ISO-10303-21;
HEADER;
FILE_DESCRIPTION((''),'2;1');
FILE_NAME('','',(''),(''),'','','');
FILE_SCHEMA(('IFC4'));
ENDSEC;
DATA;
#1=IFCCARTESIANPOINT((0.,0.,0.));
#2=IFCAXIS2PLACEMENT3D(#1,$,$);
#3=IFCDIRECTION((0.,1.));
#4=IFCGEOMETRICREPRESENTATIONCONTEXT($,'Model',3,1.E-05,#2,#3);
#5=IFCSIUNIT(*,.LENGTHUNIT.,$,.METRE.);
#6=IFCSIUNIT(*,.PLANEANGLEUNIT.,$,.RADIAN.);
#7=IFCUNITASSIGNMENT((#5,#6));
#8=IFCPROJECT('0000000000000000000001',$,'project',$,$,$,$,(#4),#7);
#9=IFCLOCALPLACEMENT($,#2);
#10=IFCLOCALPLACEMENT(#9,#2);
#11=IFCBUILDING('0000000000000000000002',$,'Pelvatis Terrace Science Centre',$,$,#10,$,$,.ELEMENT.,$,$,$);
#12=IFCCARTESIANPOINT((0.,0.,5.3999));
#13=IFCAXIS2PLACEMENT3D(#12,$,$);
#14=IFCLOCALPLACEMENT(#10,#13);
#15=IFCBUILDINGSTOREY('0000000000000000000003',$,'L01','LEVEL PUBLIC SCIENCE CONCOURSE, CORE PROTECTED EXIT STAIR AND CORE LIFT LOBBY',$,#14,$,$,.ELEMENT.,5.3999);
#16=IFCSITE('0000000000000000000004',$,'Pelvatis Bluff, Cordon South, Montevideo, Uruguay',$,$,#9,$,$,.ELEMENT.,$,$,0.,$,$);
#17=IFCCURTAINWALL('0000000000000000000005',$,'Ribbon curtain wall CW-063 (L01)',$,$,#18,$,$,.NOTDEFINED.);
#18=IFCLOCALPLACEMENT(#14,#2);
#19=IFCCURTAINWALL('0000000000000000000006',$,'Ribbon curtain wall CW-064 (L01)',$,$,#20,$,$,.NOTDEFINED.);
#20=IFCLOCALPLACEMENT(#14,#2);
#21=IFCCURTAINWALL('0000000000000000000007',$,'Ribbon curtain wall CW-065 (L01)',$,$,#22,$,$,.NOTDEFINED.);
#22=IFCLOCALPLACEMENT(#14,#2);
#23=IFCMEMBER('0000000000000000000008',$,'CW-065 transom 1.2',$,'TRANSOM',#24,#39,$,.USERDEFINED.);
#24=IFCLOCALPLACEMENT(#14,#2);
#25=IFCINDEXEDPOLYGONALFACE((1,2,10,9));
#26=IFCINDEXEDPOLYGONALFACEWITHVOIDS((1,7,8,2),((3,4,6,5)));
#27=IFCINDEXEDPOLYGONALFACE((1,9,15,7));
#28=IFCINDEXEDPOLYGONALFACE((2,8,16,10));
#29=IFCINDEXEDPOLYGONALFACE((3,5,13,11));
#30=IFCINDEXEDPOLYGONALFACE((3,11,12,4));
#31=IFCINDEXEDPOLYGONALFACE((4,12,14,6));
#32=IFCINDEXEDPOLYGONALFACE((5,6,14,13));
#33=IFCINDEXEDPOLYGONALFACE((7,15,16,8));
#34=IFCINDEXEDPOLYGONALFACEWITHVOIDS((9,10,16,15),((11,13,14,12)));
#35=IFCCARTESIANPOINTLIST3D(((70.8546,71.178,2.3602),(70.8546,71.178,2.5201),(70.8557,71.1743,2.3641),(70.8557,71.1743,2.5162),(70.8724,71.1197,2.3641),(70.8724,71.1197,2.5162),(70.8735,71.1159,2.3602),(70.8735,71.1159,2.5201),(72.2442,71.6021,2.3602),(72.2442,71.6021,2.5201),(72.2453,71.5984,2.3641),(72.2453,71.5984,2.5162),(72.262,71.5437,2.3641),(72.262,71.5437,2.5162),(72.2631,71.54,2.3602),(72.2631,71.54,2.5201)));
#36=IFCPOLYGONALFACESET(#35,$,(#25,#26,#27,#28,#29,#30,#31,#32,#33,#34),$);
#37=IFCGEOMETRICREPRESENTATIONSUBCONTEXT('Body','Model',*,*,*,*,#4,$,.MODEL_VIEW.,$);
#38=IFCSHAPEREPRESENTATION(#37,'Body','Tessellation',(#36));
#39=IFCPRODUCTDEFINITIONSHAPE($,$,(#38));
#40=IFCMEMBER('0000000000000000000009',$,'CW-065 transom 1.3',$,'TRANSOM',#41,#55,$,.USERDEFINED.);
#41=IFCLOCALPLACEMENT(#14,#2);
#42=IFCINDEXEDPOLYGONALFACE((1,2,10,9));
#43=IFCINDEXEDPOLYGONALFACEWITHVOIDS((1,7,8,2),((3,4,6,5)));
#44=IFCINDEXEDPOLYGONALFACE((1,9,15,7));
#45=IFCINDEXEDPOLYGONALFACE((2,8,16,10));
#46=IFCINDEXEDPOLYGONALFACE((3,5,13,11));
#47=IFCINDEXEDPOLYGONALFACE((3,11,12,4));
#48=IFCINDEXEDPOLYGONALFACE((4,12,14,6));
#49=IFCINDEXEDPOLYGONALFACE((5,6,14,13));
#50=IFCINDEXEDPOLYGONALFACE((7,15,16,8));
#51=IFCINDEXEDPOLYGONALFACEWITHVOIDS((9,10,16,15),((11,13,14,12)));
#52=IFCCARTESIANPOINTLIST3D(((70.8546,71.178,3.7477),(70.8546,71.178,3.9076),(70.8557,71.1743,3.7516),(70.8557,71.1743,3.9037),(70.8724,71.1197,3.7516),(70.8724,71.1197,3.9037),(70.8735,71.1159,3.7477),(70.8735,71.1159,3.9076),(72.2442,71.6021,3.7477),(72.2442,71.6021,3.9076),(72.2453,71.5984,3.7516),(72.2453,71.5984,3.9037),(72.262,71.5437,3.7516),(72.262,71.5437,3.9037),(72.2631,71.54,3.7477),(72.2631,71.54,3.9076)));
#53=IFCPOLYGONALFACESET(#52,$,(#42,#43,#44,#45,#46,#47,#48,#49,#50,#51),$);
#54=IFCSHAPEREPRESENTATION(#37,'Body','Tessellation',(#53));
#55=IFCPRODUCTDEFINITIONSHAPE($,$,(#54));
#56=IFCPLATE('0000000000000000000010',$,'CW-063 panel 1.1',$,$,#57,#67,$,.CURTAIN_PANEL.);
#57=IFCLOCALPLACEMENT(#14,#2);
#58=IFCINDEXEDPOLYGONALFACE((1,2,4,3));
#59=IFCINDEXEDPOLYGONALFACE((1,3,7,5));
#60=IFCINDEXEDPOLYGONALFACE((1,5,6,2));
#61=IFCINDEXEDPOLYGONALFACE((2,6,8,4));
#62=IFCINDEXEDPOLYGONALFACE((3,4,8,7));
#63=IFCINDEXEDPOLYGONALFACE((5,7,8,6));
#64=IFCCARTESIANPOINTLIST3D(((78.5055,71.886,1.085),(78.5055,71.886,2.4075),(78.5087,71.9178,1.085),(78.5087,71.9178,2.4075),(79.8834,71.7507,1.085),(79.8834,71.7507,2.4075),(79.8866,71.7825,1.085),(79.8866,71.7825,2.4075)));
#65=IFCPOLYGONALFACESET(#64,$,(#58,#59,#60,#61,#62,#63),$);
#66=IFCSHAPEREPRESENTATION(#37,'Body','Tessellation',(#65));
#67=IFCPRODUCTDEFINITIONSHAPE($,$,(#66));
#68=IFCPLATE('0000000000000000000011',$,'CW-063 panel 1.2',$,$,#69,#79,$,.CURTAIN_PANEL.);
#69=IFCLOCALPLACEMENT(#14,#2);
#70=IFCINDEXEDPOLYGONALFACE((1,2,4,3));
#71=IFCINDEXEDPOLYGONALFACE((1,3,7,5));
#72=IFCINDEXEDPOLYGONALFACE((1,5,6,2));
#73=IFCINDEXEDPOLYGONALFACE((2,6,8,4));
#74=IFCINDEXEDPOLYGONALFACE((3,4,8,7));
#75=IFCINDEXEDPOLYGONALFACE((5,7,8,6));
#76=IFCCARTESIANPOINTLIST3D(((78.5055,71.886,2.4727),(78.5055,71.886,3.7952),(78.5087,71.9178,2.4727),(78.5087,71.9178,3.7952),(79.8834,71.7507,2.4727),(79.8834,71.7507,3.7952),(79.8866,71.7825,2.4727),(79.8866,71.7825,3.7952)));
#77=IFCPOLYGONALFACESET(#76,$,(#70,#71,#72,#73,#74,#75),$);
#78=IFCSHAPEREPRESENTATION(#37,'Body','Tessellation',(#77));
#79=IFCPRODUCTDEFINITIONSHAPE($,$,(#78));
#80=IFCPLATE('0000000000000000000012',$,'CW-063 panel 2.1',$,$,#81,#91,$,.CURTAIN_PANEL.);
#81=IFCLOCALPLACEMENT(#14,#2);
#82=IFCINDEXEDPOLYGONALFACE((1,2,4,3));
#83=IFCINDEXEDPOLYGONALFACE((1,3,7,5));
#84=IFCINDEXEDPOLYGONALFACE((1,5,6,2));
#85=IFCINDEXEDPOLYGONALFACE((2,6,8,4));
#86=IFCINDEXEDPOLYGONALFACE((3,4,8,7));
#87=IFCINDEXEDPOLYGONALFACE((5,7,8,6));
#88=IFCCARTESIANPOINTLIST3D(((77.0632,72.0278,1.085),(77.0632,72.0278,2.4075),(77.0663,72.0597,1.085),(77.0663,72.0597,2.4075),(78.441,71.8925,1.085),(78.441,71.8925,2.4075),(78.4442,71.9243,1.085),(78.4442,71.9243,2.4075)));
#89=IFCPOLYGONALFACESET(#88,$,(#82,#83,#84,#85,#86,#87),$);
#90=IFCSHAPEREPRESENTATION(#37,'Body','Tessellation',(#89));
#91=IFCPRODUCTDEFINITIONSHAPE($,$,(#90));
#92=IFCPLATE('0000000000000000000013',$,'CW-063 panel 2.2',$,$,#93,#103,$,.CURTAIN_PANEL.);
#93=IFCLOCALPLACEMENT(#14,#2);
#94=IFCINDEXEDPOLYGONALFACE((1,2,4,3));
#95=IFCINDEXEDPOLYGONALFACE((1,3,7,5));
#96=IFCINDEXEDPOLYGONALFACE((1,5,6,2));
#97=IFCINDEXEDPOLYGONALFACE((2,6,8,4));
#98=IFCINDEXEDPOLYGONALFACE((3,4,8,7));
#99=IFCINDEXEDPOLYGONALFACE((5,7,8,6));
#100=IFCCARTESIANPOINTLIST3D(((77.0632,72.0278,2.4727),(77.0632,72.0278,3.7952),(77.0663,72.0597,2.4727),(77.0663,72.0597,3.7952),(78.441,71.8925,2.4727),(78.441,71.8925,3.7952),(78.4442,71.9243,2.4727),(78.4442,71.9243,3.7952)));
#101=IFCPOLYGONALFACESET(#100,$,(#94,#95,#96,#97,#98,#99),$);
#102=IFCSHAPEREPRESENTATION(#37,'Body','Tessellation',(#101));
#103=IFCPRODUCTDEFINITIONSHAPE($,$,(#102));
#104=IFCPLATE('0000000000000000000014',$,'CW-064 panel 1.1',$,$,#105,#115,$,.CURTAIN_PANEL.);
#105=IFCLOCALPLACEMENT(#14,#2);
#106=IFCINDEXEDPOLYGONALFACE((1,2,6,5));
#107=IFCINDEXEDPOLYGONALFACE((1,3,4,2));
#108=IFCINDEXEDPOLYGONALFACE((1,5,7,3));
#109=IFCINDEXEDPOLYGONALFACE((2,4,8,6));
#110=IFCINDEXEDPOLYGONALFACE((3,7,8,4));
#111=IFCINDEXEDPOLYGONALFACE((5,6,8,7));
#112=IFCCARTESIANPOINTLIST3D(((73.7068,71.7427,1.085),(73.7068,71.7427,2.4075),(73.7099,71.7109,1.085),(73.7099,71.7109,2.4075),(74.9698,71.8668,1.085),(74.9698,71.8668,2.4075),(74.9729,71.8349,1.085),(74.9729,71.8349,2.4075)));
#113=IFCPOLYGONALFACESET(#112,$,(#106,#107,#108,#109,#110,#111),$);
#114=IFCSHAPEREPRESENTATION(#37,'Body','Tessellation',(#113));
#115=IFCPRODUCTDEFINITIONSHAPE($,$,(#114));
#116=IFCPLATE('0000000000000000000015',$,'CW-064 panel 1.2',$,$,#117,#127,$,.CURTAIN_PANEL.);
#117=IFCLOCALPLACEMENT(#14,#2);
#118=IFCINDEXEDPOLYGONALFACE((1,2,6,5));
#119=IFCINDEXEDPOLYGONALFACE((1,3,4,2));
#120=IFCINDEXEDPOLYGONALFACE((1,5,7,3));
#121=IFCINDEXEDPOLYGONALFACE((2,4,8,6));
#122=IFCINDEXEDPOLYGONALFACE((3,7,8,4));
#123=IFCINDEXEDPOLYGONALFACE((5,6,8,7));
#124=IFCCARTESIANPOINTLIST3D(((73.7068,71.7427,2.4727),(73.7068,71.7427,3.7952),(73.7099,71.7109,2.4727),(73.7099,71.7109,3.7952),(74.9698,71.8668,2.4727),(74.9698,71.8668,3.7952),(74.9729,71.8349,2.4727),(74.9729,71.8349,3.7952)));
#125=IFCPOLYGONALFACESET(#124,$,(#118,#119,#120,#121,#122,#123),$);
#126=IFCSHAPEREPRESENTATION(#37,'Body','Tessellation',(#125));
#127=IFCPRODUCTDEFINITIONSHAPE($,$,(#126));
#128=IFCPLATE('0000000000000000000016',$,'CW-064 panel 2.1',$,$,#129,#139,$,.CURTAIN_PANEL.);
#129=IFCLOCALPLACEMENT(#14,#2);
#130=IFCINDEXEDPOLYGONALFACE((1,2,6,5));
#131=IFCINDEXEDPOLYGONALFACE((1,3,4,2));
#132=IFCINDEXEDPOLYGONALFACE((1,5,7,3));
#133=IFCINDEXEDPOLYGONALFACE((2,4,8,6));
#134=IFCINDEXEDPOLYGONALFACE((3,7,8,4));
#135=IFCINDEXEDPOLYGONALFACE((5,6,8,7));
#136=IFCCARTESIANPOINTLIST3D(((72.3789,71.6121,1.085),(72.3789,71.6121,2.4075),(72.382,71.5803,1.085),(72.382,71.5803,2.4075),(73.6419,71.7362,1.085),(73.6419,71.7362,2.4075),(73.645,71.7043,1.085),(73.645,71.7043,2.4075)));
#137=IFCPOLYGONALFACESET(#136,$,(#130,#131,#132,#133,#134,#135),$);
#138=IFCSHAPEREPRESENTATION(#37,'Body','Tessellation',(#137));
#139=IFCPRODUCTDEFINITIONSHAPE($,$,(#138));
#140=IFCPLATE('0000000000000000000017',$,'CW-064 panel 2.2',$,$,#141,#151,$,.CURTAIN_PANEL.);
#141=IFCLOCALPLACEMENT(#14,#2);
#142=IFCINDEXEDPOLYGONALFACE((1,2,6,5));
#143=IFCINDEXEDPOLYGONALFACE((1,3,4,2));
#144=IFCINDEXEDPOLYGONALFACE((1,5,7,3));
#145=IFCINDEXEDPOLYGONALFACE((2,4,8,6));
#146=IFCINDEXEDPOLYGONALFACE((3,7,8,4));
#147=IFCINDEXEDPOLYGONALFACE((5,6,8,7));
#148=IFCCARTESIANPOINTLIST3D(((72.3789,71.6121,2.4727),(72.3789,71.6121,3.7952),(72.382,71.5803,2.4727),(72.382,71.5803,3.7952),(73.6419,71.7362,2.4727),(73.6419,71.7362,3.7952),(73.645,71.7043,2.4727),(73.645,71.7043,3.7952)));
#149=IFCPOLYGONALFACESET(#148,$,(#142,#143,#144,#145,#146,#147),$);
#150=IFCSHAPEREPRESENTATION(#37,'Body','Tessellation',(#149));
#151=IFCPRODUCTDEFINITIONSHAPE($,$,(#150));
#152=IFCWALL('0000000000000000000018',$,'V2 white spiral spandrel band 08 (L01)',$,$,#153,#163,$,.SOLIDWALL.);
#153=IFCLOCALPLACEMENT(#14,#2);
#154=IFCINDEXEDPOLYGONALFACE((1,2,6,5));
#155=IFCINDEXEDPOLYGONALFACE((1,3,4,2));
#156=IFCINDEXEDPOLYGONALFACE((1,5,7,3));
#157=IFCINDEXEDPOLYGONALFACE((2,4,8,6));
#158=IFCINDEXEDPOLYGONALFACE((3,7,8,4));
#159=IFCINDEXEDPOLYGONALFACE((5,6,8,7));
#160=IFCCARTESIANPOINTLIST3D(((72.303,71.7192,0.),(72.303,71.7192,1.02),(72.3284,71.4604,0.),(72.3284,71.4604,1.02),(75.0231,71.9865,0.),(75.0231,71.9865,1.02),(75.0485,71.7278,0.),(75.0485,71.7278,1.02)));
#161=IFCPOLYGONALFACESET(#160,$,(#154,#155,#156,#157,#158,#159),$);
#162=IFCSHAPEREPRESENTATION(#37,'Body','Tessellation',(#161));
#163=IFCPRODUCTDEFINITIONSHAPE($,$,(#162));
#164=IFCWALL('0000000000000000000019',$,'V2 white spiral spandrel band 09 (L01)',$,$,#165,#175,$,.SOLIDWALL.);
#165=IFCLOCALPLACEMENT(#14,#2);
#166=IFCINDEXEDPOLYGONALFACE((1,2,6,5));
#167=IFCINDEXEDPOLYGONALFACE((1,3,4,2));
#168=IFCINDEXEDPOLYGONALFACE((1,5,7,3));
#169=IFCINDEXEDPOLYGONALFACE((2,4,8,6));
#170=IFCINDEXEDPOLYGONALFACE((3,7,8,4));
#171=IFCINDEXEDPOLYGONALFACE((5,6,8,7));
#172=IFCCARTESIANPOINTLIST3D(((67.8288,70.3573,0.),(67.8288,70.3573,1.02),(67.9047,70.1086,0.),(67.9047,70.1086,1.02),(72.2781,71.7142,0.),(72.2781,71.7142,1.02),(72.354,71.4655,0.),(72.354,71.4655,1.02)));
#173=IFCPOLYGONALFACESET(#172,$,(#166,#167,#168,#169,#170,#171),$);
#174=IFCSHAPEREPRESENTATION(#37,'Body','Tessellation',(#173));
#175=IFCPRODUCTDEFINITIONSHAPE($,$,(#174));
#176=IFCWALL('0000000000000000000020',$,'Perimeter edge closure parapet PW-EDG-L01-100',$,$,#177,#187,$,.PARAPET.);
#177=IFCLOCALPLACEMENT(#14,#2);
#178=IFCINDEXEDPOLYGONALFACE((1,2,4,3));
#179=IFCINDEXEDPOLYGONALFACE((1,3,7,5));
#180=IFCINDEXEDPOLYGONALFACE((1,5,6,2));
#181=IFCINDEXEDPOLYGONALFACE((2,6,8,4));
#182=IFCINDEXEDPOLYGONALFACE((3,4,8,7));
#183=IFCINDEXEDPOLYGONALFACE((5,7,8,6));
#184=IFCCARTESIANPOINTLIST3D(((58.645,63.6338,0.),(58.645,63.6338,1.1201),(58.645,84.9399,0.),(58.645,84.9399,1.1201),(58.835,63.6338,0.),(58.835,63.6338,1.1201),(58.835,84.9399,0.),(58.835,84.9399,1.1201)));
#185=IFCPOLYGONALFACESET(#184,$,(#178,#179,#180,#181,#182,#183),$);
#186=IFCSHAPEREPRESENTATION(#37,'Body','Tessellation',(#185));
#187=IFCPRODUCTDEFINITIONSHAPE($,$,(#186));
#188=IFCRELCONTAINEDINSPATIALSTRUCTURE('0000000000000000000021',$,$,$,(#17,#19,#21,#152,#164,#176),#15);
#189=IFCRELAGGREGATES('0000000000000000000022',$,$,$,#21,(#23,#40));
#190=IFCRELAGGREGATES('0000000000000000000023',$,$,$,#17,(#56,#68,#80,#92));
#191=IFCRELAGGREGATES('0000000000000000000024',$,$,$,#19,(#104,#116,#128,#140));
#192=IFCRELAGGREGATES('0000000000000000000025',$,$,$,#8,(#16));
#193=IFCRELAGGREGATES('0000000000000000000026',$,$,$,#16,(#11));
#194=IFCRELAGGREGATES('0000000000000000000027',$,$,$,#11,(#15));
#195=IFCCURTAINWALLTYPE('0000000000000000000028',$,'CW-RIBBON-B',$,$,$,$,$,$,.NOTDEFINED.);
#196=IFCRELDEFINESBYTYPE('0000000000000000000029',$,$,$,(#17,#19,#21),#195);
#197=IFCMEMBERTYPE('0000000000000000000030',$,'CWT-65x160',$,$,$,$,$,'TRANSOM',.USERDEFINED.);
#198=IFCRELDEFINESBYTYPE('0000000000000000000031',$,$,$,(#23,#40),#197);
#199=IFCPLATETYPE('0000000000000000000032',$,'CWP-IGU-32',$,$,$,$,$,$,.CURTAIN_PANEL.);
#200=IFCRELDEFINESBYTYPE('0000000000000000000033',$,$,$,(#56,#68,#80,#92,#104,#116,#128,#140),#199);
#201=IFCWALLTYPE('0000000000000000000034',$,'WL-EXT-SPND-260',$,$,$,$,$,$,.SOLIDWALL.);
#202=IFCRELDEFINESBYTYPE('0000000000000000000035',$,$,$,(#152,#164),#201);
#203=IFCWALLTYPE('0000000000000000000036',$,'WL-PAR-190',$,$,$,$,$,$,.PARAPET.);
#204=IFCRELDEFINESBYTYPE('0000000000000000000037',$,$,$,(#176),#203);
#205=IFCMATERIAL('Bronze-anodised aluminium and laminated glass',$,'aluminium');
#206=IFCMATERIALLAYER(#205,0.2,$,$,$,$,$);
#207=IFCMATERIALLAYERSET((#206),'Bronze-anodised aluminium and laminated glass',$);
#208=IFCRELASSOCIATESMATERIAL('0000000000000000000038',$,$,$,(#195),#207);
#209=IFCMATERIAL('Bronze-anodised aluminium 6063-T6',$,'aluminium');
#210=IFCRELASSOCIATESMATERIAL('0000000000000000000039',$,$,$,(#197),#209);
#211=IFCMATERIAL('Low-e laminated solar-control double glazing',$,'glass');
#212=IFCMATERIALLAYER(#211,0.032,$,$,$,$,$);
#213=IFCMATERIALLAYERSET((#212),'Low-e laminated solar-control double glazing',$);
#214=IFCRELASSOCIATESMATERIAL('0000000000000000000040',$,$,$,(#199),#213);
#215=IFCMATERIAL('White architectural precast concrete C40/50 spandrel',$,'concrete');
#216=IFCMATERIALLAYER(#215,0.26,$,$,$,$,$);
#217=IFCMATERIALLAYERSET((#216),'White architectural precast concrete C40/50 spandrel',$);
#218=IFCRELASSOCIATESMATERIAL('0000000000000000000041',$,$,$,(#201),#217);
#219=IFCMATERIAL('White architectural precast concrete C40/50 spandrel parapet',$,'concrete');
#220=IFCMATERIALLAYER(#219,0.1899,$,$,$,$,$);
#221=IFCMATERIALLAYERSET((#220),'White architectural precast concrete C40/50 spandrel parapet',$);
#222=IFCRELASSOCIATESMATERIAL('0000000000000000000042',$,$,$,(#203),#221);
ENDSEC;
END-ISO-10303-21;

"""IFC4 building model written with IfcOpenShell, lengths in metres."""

from ifc_helpers import new_model, si_unit, direction, frame, frame_2d, origin, origin_2d, place, context, subcontext, project, spatial, rectangle, hollow_rectangle, extrude, material, layer, layer_set, material_profile, profile_set, type_object, element, aggregate, save


model = new_model("IFC4")

# Units and contexts
model_context = context("Model", 3, precision=1e-05, world=origin(), true_north=direction((0.0, 1.0)))
body_context = subcontext(model_context, "Body", "Model", "MODEL_VIEW")
ifc_project = project(units=[si_unit("LENGTHUNIT", "METRE"), si_unit("PLANEANGLEUNIT", "RADIAN")], contexts=[model_context])

# Site, building, storey
site_placement = place(None, origin())
site = spatial("IfcSite", under=ifc_project, at=site_placement, Name="Pelvatis Bluff, Cordon South, Montevideo, Uruguay", CompositionType="ELEMENT", RefElevation=0.0)
building_placement = place(site_placement, origin())
building = spatial("IfcBuilding", under=site, at=building_placement, Name="Pelvatis Terrace Science Centre", CompositionType="ELEMENT")
storey_placement = place(building_placement, frame((0.0, 0.0, 5.3999)))
storey = spatial("IfcBuildingStorey", under=building, at=storey_placement, Name="L01", Description="LEVEL PUBLIC SCIENCE CONCOURSE, CORE PROTECTED EXIT STAIR AND CORE LIFT LOBBY", CompositionType="ELEMENT", Elevation=5.3999)

# Curtain walls
ifc_material_1 = material(Name="Bronze-anodised aluminium and laminated glass", Category="aluminium")
ifc_layer_1 = layer(ifc_material_1, 0.2)
ifc_layer_set_1 = layer_set([ifc_layer_1], Name="Bronze-anodised aluminium and laminated glass")
curtain_wall_type = type_object("IfcCurtainWallType", Name="CW-RIBBON-B", PredefinedType="NOTDEFINED", material=ifc_layer_set_1)
curtain_wall_1_placement = place(storey_placement, origin())
curtain_wall_1 = element("IfcCurtainWall", 1, at=curtain_wall_1_placement, inside=storey, type_object=curtain_wall_type, Name="Ribbon curtain wall CW-063 (L01)", PredefinedType="NOTDEFINED")
curtain_wall_2_placement = place(storey_placement, origin())
curtain_wall_2 = element("IfcCurtainWall", 2, at=curtain_wall_2_placement, inside=storey, type_object=curtain_wall_type, Name="Ribbon curtain wall CW-064 (L01)", PredefinedType="NOTDEFINED")

# Curtain wall
curtain_wall_3_placement = place(storey_placement, origin())
curtain_wall_3 = element("IfcCurtainWall", 3, at=curtain_wall_3_placement, inside=storey, type_object=curtain_wall_type, Name="Ribbon curtain wall CW-065 (L01)", PredefinedType="NOTDEFINED")

# Members
ifc_material_2 = material(Name="Bronze-anodised aluminium 6063-T6", Category="aluminium")
ifc_material_profile_1 = material_profile(ifc_material_2, hollow_rectangle(XDim=0.0649, YDim=0.1599, WallThickness=0.0039, at=origin_2d()), Name="ALU-TRN 65x160")
ifc_profile_set_1 = profile_set([ifc_material_profile_1], Name="Bronze-anodised aluminium 6063-T6")
member_type_1 = type_object("IfcMemberType", Name="CWT-65x160", ElementType="TRANSOM", PredefinedType="USERDEFINED", material=ifc_profile_set_1)
member_1_placement = place(storey_placement, frame((72.2537, 71.571, 2.4402), z_axis=(-0.956456, -0.291877, 0.0), x_axis=(0.291877, -0.956456, 0.0)))
member_1 = element("IfcMember", 4, at=member_1_placement, type_object=member_type_1, Name="CW-065 transom 1.2", ObjectType="TRANSOM", PredefinedType="USERDEFINED", context=body_context, shape_type="SweptSolid", body=[
    extrude(hollow_rectangle(XDim=0.0649, YDim=0.1599, WallThickness=0.0039, at=origin_2d()), origin(), (0.0, 0.0, 1.0), 1.4529),
])
member_2_placement = place(storey_placement, frame((72.2537, 71.571, 3.8276), z_axis=(-0.956456, -0.291877, 0.0), x_axis=(0.291877, -0.956456, 0.0)))
member_2 = element("IfcMember", 5, at=member_2_placement, type_object=member_type_1, Name="CW-065 transom 1.3", ObjectType="TRANSOM", PredefinedType="USERDEFINED", context=body_context, shape_type="SweptSolid", body=[
    extrude(hollow_rectangle(XDim=0.0649, YDim=0.1599, WallThickness=0.0039, at=origin_2d()), origin(), (0.0, 0.0, 1.0), 1.4529),
])
aggregate(curtain_wall_3, [member_1, member_2])

# Plates
ifc_material_3 = material(Name="Low-e laminated solar-control double glazing", Category="glass")
ifc_layer_2 = layer(ifc_material_3, 0.032)
ifc_layer_set_2 = layer_set([ifc_layer_2], Name="Low-e laminated solar-control double glazing")
plate_type = type_object("IfcPlateType", Name="CWP-IGU-32", PredefinedType="CURTAIN_PANEL", material=ifc_layer_set_2)
plate_1_placement = place(storey_placement, frame((79.196, 71.8342, 1.085), z_axis=(0.0, 0.0, 1.0), x_axis=(-0.995212, 0.097743, 0.0)))
plate_1 = element("IfcPlate", 6, at=plate_1_placement, type_object=plate_type, Name="CW-063 panel 1.1", PredefinedType="CURTAIN_PANEL", context=body_context, shape_type="SweptSolid", body=[
    extrude(rectangle(XDim=1.3845, YDim=0.032, at=origin_2d()), origin(), (0.0, 0.0, 1.0), 1.3225),
])
plate_2_placement = place(storey_placement, frame((79.196, 71.8342, 2.4727), z_axis=(0.0, 0.0, 1.0), x_axis=(-0.995212, 0.097743, 0.0)))
plate_2 = element("IfcPlate", 7, at=plate_2_placement, type_object=plate_type, Name="CW-063 panel 1.2", PredefinedType="CURTAIN_PANEL", context=body_context, shape_type="SweptSolid", body=[
    extrude(rectangle(XDim=1.3845, YDim=0.032, at=origin_2d()), origin(), (0.0, 0.0, 1.0), 1.3225),
])
plate_3_placement = place(storey_placement, frame((77.7537, 71.9761, 1.085), z_axis=(0.0, 0.0, 1.0), x_axis=(-0.995212, 0.097743, 0.0)))
plate_3 = element("IfcPlate", 8, at=plate_3_placement, type_object=plate_type, Name="CW-063 panel 2.1", PredefinedType="CURTAIN_PANEL", context=body_context, shape_type="SweptSolid", body=[
    extrude(rectangle(XDim=1.3845, YDim=0.032, at=origin_2d()), origin(), (0.0, 0.0, 1.0), 1.3225),
])
plate_4_placement = place(storey_placement, frame((77.7537, 71.9761, 2.4727), z_axis=(0.0, 0.0, 1.0), x_axis=(-0.995212, 0.097743, 0.0)))
plate_4 = element("IfcPlate", 9, at=plate_4_placement, type_object=plate_type, Name="CW-063 panel 2.2", PredefinedType="CURTAIN_PANEL", context=body_context, shape_type="SweptSolid", body=[
    extrude(rectangle(XDim=1.3845, YDim=0.032, at=origin_2d()), origin(), (0.0, 0.0, 1.0), 1.3225),
])
aggregate(curtain_wall_1, [plate_1, plate_2, plate_3, plate_4])
plate_5_placement = place(storey_placement, frame((74.3398, 71.7888, 1.085), z_axis=(0.0, 0.0, 1.0), x_axis=(-0.99521, -0.097765, 0.0)))
plate_5 = element("IfcPlate", 10, at=plate_5_placement, type_object=plate_type, Name="CW-064 panel 1.1", PredefinedType="CURTAIN_PANEL", context=body_context, shape_type="SweptSolid", body=[
    extrude(rectangle(XDim=1.269, YDim=0.032, at=origin_2d()), origin(), (0.0, 0.0, 1.0), 1.3225),
])
plate_6_placement = place(storey_placement, frame((74.3398, 71.7888, 2.4727), z_axis=(0.0, 0.0, 1.0), x_axis=(-0.99521, -0.097765, 0.0)))
plate_6 = element("IfcPlate", 11, at=plate_6_placement, type_object=plate_type, Name="CW-064 panel 1.2", PredefinedType="CURTAIN_PANEL", context=body_context, shape_type="SweptSolid", body=[
    extrude(rectangle(XDim=1.269, YDim=0.032, at=origin_2d()), origin(), (0.0, 0.0, 1.0), 1.3225),
])
plate_7_placement = place(storey_placement, frame((73.012, 71.6582, 1.085), z_axis=(0.0, 0.0, 1.0), x_axis=(-0.99521, -0.097765, 0.0)))
plate_7 = element("IfcPlate", 12, at=plate_7_placement, type_object=plate_type, Name="CW-064 panel 2.1", PredefinedType="CURTAIN_PANEL", context=body_context, shape_type="SweptSolid", body=[
    extrude(rectangle(XDim=1.269, YDim=0.032, at=origin_2d()), origin(), (0.0, 0.0, 1.0), 1.3225),
])
plate_8_placement = place(storey_placement, frame((73.012, 71.6582, 2.4727), z_axis=(0.0, 0.0, 1.0), x_axis=(-0.99521, -0.097765, 0.0)))
plate_8 = element("IfcPlate", 13, at=plate_8_placement, type_object=plate_type, Name="CW-064 panel 2.2", PredefinedType="CURTAIN_PANEL", context=body_context, shape_type="SweptSolid", body=[
    extrude(rectangle(XDim=1.269, YDim=0.032, at=origin_2d()), origin(), (0.0, 0.0, 1.0), 1.3225),
])
aggregate(curtain_wall_2, [plate_5, plate_6, plate_7, plate_8])

# Walls
ifc_material_4 = material(Name="White architectural precast concrete C40/50 spandrel", Category="concrete")
ifc_layer_3 = layer(ifc_material_4, 0.26)
ifc_layer_set_3 = layer_set([ifc_layer_3], Name="White architectural precast concrete C40/50 spandrel")
wall_type_1 = type_object("IfcWallType", Name="WL-EXT-SPND-260", PredefinedType="SOLIDWALL", material=ifc_layer_set_3)
wall_1_placement = place(storey_placement, frame((75.0359, 71.8572, 0.0), z_axis=(0.0, 0.0, 1.0), x_axis=(-0.995205, -0.097814, 0.0)))
element("IfcWall", 14, at=wall_1_placement, inside=storey, type_object=wall_type_1, Name="V2 white spiral spandrel band 08 (L01)", PredefinedType="SOLIDWALL", context=body_context, shape_type="SweptSolid", body=[
    extrude(rectangle(XDim=2.7332, YDim=0.26, at=frame_2d((1.3667, 0.0))), origin(), (0.0, 0.0, 1.0), 1.02),
])
wall_2_placement = place(storey_placement, frame((72.3159, 71.5898, 0.0), z_axis=(0.0, 0.0, 1.0), x_axis=(-0.956505, -0.291717, 0.0)))
element("IfcWall", 15, at=wall_2_placement, inside=storey, type_object=wall_type_1, Name="V2 white spiral spandrel band 09 (L01)", PredefinedType="SOLIDWALL", context=body_context, shape_type="SweptSolid", body=[
    extrude(rectangle(XDim=4.6516, YDim=0.26, at=frame_2d((2.3257, 0.0))), origin(), (0.0, 0.0, 1.0), 1.02),
])
ifc_material_5 = material(Name="White architectural precast concrete C40/50 spandrel parapet", Category="concrete")
ifc_layer_4 = layer(ifc_material_5, 0.1899)
ifc_layer_set_4 = layer_set([ifc_layer_4], Name="White architectural precast concrete C40/50 spandrel parapet")
wall_type_2 = type_object("IfcWallType", Name="WL-PAR-190", PredefinedType="PARAPET", material=ifc_layer_set_4)
wall_3_placement = place(storey_placement, frame((58.74, 84.9399, 0.0), z_axis=(0.0, 0.0, 1.0), x_axis=(0.0, -1.0, 0.0)))
element("IfcWall", 16, at=wall_3_placement, inside=storey, type_object=wall_type_2, Name="Perimeter edge closure parapet PW-EDG-L01-100", PredefinedType="PARAPET", context=body_context, shape_type="SweptSolid", body=[
    extrude(rectangle(XDim=21.3062, YDim=0.1899, at=frame_2d((10.6531, 0.0))), origin(), (0.0, 0.0, 1.0), 1.1201),
])

save(model, "model.ifc")
